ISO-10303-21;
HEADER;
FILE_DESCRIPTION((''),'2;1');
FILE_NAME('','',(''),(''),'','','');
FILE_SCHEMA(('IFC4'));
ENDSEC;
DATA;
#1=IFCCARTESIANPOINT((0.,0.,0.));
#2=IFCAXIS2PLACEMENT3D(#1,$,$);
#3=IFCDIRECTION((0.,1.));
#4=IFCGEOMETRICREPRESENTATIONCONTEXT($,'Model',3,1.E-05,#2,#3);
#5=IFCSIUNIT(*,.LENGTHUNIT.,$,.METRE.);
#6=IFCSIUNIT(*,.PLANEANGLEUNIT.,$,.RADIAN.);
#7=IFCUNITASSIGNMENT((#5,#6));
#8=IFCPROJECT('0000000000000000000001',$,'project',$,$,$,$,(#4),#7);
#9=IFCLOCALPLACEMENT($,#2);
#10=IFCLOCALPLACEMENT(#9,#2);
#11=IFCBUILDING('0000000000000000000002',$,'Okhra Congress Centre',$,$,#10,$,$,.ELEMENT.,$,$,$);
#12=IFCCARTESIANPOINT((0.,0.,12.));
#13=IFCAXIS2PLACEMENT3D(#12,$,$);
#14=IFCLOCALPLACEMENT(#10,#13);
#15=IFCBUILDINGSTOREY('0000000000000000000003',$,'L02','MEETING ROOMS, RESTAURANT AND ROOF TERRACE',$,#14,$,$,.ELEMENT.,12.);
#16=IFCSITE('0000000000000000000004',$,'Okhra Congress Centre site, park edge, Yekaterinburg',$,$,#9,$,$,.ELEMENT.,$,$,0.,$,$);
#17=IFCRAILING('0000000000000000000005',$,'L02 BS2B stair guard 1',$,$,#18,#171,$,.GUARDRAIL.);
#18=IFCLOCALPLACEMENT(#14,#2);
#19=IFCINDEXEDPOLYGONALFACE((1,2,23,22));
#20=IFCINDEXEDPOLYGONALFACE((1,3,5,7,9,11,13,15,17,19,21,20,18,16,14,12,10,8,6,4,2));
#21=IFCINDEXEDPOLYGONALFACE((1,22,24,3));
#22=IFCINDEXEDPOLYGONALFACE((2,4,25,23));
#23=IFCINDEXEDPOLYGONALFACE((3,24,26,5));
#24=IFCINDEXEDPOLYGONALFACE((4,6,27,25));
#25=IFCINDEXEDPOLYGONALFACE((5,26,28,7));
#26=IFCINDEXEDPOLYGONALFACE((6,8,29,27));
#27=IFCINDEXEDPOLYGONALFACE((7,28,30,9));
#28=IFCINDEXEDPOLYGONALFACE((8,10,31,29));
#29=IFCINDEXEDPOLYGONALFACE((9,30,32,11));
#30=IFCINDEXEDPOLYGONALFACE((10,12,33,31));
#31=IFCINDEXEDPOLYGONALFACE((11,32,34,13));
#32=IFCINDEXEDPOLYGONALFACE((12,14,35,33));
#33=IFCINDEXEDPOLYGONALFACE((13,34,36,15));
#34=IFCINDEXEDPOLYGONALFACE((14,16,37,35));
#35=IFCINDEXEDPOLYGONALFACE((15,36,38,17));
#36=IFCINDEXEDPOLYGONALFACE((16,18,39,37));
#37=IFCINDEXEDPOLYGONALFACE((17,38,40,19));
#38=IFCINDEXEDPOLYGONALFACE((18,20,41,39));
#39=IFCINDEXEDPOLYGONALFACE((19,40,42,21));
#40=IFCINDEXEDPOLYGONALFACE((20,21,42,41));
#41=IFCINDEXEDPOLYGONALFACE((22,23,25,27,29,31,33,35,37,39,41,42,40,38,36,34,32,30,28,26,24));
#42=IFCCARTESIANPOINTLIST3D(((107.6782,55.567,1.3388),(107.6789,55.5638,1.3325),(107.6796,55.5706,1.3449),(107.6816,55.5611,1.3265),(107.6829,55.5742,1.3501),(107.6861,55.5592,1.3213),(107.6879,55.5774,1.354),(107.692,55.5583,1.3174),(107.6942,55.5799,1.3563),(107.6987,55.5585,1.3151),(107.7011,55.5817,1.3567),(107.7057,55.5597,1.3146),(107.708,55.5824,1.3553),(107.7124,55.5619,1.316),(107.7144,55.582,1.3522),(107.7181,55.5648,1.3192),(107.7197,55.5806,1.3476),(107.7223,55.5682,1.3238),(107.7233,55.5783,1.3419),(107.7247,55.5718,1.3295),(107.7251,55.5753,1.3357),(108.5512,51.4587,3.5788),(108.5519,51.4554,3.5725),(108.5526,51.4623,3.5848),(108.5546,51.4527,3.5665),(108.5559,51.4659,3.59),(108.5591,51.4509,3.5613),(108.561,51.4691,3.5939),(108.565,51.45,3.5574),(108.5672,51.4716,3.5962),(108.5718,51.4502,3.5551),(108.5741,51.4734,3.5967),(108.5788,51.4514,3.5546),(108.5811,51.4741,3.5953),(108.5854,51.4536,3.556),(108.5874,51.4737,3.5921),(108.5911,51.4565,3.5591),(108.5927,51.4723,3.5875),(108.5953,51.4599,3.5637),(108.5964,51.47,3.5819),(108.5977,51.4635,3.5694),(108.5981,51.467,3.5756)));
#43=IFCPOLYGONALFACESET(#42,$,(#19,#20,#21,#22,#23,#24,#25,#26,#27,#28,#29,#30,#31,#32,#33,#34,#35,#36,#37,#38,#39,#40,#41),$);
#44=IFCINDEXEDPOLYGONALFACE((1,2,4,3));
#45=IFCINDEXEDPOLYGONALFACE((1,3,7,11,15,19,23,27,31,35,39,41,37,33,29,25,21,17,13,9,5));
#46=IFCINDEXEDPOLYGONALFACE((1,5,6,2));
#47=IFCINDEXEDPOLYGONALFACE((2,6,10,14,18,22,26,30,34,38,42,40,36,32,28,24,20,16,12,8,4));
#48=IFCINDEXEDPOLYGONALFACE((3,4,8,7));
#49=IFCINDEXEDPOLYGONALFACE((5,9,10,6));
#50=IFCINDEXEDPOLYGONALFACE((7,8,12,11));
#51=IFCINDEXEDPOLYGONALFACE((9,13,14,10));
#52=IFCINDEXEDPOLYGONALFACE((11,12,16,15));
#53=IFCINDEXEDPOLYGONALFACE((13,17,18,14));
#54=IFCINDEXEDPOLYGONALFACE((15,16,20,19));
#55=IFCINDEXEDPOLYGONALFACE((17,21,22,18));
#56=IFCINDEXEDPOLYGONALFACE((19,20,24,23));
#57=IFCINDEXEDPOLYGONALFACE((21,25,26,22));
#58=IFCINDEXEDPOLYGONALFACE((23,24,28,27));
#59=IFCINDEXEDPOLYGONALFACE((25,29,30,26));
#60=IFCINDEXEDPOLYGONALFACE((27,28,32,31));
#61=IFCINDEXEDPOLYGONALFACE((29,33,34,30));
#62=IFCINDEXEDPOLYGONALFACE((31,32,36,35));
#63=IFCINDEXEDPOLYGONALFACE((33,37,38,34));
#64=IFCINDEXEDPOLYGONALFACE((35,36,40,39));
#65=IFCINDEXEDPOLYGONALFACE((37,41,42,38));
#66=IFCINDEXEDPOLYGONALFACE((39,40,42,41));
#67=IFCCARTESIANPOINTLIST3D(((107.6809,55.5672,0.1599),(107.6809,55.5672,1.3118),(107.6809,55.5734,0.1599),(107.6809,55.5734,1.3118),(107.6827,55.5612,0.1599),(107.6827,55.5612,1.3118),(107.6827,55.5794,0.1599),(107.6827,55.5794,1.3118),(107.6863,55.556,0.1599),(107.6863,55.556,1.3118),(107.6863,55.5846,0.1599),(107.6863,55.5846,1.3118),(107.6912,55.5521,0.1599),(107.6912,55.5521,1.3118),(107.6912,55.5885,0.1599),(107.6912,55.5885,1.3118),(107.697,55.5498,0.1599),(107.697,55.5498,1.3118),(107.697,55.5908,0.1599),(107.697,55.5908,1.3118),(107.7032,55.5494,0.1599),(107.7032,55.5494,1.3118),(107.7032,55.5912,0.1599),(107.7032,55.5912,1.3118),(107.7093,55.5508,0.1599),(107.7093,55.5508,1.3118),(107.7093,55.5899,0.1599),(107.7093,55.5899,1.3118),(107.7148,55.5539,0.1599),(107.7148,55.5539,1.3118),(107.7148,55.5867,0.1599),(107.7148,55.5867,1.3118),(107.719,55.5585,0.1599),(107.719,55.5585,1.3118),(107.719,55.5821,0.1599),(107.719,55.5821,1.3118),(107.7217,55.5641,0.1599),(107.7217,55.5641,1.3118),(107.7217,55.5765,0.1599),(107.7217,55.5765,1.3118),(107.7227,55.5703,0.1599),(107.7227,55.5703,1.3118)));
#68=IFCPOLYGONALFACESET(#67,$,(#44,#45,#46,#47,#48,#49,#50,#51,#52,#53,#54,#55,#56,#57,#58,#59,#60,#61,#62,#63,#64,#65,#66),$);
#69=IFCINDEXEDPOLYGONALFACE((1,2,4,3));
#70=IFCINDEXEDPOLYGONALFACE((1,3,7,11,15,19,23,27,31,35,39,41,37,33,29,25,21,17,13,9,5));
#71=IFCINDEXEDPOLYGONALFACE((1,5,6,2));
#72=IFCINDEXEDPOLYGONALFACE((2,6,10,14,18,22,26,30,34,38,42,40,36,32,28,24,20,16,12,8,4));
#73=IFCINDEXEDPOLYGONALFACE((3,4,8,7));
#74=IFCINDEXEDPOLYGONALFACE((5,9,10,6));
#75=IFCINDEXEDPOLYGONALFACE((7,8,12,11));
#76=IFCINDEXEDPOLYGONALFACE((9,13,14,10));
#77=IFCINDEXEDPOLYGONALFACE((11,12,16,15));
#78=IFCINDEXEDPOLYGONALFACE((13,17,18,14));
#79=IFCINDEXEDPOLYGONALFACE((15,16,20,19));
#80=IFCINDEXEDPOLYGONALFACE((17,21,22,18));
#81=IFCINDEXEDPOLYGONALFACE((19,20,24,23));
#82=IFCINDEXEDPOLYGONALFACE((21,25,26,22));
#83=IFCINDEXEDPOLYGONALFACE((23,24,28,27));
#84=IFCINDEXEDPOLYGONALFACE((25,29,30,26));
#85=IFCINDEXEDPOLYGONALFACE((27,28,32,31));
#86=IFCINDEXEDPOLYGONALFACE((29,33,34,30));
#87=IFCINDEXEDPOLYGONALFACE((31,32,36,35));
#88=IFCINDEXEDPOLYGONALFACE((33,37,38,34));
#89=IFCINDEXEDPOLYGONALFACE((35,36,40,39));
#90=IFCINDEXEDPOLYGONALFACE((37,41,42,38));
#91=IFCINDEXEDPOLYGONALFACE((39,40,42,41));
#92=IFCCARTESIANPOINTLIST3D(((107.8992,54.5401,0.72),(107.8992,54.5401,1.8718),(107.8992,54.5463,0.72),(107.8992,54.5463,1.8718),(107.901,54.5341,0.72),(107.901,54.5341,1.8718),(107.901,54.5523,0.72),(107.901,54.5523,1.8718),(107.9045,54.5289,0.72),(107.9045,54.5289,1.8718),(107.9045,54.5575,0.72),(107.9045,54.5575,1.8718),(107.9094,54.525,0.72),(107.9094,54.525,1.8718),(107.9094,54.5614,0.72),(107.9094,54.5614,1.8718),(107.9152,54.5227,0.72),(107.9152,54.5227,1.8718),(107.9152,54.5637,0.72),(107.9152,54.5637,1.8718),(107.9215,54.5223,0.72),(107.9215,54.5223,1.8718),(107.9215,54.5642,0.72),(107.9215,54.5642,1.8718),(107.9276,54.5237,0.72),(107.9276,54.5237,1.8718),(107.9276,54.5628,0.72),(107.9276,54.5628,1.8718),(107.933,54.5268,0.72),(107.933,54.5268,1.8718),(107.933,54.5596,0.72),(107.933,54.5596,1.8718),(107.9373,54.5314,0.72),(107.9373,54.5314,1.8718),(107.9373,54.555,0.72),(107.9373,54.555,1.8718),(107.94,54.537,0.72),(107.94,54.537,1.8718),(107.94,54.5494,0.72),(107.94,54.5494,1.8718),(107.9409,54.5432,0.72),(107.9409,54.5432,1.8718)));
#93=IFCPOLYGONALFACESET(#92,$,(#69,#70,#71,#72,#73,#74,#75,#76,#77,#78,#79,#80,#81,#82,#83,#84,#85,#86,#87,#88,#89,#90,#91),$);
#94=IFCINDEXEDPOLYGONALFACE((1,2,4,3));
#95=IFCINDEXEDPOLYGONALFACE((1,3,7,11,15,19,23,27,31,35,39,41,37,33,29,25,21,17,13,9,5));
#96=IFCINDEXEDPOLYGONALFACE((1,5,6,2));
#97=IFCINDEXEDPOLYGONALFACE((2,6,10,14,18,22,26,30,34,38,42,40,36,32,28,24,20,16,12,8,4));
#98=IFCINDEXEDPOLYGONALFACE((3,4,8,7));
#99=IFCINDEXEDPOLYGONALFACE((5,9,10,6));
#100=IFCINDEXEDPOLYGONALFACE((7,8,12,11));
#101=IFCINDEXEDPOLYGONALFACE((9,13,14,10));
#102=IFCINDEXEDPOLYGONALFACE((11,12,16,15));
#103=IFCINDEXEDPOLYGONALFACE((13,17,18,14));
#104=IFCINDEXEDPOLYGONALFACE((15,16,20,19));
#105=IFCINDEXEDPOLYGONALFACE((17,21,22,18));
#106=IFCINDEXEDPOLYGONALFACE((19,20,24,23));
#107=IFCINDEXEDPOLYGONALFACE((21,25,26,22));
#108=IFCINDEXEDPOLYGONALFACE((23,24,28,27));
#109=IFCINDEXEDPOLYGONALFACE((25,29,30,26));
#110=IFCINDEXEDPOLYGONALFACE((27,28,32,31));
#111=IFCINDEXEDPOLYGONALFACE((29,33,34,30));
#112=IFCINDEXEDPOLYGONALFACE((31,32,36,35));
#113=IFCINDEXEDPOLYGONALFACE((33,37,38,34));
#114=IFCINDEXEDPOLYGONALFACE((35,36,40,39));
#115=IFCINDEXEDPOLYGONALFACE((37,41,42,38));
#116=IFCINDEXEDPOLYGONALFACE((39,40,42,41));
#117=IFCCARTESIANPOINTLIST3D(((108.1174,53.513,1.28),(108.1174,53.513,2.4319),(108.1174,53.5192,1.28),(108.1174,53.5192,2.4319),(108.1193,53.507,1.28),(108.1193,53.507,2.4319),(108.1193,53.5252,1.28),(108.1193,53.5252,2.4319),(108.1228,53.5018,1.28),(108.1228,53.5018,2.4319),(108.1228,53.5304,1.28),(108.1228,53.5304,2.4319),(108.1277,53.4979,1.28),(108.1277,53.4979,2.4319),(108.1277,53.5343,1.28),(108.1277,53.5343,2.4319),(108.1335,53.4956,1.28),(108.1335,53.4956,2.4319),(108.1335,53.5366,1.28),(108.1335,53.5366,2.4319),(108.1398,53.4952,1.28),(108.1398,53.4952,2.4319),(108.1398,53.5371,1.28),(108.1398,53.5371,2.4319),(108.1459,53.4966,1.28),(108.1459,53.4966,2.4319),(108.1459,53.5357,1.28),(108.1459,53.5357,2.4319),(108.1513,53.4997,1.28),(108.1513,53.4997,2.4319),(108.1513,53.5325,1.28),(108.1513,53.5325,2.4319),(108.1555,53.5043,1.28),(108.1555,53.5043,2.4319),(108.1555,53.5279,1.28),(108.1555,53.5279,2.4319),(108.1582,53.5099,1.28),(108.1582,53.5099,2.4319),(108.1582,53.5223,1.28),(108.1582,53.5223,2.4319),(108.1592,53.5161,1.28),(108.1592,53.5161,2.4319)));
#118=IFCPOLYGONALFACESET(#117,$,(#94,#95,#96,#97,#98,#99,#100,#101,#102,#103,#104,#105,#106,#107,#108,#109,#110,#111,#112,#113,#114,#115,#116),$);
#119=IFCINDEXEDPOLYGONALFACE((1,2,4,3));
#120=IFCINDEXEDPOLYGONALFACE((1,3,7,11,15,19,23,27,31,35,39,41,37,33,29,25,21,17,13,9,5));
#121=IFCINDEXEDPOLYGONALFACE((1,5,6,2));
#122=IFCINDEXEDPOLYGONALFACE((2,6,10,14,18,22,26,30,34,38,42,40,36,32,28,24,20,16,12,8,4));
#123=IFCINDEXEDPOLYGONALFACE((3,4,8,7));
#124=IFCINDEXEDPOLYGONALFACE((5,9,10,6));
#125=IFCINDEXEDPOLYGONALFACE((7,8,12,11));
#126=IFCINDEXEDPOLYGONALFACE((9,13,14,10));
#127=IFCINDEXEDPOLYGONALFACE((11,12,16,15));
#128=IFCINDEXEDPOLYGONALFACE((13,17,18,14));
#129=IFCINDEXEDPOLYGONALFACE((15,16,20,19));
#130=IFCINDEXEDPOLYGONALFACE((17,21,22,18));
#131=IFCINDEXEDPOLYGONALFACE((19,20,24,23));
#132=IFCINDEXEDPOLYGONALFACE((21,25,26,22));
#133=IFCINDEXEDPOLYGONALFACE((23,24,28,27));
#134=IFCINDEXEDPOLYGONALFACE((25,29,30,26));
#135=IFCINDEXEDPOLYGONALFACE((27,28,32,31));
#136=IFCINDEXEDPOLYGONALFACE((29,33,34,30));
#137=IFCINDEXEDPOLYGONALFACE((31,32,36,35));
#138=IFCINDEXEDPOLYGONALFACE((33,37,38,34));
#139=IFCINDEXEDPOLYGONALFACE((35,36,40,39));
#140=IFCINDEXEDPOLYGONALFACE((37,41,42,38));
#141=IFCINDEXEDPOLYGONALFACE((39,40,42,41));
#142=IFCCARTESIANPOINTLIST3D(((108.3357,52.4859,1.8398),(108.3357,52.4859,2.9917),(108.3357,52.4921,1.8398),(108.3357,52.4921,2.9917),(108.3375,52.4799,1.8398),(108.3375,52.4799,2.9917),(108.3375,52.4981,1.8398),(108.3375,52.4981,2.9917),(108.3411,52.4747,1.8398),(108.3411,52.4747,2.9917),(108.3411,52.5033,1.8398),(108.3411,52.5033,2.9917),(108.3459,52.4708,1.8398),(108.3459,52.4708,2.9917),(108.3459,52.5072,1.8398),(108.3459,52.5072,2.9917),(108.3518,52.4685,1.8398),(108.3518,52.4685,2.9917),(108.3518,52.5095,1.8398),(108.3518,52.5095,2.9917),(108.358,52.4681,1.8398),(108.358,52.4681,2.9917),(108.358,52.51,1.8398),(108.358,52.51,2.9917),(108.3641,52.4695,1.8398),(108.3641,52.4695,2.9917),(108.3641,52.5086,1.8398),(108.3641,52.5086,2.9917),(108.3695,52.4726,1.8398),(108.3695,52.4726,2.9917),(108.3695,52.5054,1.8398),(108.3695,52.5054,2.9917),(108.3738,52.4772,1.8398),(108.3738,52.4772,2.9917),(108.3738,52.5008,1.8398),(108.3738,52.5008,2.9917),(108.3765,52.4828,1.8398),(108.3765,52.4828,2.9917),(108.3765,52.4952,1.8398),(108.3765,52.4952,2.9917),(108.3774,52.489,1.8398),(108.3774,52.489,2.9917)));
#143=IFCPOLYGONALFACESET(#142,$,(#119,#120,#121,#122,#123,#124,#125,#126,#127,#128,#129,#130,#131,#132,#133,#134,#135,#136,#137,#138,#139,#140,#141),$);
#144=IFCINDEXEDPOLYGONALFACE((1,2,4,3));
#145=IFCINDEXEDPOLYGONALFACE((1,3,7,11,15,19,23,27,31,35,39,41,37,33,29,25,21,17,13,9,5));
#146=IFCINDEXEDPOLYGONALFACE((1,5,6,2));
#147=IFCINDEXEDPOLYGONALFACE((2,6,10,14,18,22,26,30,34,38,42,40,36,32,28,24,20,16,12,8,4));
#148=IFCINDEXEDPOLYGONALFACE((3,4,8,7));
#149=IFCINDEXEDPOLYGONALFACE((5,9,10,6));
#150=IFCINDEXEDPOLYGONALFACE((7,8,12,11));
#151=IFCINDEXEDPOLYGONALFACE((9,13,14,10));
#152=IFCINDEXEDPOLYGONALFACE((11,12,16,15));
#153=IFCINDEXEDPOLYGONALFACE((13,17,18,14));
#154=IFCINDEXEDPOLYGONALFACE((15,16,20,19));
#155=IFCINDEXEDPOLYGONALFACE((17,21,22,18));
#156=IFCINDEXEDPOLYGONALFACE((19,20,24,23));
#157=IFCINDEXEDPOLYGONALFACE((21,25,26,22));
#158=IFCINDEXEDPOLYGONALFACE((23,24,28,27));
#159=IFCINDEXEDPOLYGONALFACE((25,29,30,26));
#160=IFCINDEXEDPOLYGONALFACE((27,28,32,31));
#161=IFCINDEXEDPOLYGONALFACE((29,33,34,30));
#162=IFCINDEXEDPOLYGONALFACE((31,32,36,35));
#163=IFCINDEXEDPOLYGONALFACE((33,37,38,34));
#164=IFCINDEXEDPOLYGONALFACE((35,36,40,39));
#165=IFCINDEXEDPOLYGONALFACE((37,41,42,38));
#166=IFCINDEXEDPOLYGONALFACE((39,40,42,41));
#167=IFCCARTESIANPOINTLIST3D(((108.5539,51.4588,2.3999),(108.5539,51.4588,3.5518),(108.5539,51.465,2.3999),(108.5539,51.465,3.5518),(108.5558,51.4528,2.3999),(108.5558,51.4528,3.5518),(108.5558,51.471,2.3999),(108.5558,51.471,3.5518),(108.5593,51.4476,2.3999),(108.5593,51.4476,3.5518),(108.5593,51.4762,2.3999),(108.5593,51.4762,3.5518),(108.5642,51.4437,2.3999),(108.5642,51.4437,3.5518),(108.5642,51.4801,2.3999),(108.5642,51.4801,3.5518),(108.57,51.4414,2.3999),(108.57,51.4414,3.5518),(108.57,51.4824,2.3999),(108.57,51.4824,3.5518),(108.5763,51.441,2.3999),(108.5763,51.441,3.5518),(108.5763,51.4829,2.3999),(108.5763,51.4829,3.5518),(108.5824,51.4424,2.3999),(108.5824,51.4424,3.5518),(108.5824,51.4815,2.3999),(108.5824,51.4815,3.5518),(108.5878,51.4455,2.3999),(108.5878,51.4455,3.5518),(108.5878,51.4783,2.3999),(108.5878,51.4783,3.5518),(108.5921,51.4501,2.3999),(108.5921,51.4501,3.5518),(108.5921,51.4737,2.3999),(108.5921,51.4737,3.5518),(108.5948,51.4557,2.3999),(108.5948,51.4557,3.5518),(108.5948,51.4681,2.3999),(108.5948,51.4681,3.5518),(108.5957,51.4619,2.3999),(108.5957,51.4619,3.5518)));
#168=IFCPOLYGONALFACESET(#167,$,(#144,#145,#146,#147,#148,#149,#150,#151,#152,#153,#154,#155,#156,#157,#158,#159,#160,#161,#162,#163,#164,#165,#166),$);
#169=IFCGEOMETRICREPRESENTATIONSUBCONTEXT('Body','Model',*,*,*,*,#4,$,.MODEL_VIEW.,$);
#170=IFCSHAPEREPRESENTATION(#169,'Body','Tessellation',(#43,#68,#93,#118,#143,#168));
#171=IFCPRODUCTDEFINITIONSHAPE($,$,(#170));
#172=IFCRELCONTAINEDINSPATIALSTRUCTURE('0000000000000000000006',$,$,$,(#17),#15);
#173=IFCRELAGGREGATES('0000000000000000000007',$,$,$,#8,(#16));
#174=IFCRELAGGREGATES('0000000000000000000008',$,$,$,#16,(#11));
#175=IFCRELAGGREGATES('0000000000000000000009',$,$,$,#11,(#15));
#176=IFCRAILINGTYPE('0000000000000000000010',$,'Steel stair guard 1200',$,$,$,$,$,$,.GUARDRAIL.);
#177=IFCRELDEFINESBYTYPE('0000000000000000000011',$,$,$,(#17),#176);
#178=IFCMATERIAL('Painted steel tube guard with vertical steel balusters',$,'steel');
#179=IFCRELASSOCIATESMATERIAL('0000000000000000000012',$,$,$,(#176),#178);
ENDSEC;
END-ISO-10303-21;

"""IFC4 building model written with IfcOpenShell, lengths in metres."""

from ifc_helpers import new_model, si_unit, direction, frame, origin, origin_2d, place, context, subcontext, project, spatial, circle, extrude, material, type_object, element, save


model = new_model("IFC4")

# Units and contexts
model_context = context("Model", 3, precision=1e-05, world=origin(), true_north=direction((0.0, 1.0)))
body_context = subcontext(model_context, "Body", "Model", "MODEL_VIEW")
ifc_project = project(units=[si_unit("LENGTHUNIT", "METRE"), si_unit("PLANEANGLEUNIT", "RADIAN")], contexts=[model_context])

# Site, building, storey
site_placement = place(None, origin())
site = spatial("IfcSite", under=ifc_project, at=site_placement, Name="Okhra Congress Centre site, park edge, Yekaterinburg", CompositionType="ELEMENT", RefElevation=0.0)
building_placement = place(site_placement, origin())
building = spatial("IfcBuilding", under=site, at=building_placement, Name="Okhra Congress Centre", CompositionType="ELEMENT")
storey_placement = place(building_placement, frame((0.0, 0.0, 12.0)))
storey = spatial("IfcBuildingStorey", under=building, at=storey_placement, Name="L02", Description="MEETING ROOMS, RESTAURANT AND ROOF TERRACE", CompositionType="ELEMENT", Elevation=12.0)

# Railing
ifc_material_1 = material(Name="Painted steel tube guard with vertical steel balusters", Category="steel")
railing_type_1 = type_object("IfcRailingType", Name="Steel stair guard 1200", PredefinedType="GUARDRAIL", material=ifc_material_1)
railing_1_placement = place(storey_placement, frame((107.7017, 55.5703, 0.1599)))
element("IfcRailing", 1, at=railing_1_placement, inside=storey, type_object=railing_type_1, Name="L02 BS2B stair guard 1", PredefinedType="GUARDRAIL", context=body_context, shape_type="SweptSolid", body=[
    extrude(circle(Radius=0.0239, at=origin_2d()), frame((0.0, 0.0, 1.1758), z_axis=(0.183409, -0.863088, 0.470575), x_axis=(0.978158, 0.207862, 0.0)), (0.0, 0.0, 1.0), 4.76),
    extrude(circle(Radius=0.021, at=origin_2d()), origin(), (0.0, 0.0, 1.0), 1.1519),
    extrude(circle(Radius=0.021, at=origin_2d()), frame((0.2183, -1.0271, 0.5601)), (0.0, 0.0, 1.0), 1.1519),
    extrude(circle(Radius=0.021, at=origin_2d()), frame((0.4365, -2.0542, 1.1201)), (0.0, 0.0, 1.0), 1.1519),
    extrude(circle(Radius=0.021, at=origin_2d()), frame((0.6548, -3.0813, 1.6799)), (0.0, 0.0, 1.0), 1.1519),
    extrude(circle(Radius=0.021, at=origin_2d()), frame((0.873, -4.1084, 2.24)), (0.0, 0.0, 1.0), 1.1519),
])

save(model, "model.ifc")
